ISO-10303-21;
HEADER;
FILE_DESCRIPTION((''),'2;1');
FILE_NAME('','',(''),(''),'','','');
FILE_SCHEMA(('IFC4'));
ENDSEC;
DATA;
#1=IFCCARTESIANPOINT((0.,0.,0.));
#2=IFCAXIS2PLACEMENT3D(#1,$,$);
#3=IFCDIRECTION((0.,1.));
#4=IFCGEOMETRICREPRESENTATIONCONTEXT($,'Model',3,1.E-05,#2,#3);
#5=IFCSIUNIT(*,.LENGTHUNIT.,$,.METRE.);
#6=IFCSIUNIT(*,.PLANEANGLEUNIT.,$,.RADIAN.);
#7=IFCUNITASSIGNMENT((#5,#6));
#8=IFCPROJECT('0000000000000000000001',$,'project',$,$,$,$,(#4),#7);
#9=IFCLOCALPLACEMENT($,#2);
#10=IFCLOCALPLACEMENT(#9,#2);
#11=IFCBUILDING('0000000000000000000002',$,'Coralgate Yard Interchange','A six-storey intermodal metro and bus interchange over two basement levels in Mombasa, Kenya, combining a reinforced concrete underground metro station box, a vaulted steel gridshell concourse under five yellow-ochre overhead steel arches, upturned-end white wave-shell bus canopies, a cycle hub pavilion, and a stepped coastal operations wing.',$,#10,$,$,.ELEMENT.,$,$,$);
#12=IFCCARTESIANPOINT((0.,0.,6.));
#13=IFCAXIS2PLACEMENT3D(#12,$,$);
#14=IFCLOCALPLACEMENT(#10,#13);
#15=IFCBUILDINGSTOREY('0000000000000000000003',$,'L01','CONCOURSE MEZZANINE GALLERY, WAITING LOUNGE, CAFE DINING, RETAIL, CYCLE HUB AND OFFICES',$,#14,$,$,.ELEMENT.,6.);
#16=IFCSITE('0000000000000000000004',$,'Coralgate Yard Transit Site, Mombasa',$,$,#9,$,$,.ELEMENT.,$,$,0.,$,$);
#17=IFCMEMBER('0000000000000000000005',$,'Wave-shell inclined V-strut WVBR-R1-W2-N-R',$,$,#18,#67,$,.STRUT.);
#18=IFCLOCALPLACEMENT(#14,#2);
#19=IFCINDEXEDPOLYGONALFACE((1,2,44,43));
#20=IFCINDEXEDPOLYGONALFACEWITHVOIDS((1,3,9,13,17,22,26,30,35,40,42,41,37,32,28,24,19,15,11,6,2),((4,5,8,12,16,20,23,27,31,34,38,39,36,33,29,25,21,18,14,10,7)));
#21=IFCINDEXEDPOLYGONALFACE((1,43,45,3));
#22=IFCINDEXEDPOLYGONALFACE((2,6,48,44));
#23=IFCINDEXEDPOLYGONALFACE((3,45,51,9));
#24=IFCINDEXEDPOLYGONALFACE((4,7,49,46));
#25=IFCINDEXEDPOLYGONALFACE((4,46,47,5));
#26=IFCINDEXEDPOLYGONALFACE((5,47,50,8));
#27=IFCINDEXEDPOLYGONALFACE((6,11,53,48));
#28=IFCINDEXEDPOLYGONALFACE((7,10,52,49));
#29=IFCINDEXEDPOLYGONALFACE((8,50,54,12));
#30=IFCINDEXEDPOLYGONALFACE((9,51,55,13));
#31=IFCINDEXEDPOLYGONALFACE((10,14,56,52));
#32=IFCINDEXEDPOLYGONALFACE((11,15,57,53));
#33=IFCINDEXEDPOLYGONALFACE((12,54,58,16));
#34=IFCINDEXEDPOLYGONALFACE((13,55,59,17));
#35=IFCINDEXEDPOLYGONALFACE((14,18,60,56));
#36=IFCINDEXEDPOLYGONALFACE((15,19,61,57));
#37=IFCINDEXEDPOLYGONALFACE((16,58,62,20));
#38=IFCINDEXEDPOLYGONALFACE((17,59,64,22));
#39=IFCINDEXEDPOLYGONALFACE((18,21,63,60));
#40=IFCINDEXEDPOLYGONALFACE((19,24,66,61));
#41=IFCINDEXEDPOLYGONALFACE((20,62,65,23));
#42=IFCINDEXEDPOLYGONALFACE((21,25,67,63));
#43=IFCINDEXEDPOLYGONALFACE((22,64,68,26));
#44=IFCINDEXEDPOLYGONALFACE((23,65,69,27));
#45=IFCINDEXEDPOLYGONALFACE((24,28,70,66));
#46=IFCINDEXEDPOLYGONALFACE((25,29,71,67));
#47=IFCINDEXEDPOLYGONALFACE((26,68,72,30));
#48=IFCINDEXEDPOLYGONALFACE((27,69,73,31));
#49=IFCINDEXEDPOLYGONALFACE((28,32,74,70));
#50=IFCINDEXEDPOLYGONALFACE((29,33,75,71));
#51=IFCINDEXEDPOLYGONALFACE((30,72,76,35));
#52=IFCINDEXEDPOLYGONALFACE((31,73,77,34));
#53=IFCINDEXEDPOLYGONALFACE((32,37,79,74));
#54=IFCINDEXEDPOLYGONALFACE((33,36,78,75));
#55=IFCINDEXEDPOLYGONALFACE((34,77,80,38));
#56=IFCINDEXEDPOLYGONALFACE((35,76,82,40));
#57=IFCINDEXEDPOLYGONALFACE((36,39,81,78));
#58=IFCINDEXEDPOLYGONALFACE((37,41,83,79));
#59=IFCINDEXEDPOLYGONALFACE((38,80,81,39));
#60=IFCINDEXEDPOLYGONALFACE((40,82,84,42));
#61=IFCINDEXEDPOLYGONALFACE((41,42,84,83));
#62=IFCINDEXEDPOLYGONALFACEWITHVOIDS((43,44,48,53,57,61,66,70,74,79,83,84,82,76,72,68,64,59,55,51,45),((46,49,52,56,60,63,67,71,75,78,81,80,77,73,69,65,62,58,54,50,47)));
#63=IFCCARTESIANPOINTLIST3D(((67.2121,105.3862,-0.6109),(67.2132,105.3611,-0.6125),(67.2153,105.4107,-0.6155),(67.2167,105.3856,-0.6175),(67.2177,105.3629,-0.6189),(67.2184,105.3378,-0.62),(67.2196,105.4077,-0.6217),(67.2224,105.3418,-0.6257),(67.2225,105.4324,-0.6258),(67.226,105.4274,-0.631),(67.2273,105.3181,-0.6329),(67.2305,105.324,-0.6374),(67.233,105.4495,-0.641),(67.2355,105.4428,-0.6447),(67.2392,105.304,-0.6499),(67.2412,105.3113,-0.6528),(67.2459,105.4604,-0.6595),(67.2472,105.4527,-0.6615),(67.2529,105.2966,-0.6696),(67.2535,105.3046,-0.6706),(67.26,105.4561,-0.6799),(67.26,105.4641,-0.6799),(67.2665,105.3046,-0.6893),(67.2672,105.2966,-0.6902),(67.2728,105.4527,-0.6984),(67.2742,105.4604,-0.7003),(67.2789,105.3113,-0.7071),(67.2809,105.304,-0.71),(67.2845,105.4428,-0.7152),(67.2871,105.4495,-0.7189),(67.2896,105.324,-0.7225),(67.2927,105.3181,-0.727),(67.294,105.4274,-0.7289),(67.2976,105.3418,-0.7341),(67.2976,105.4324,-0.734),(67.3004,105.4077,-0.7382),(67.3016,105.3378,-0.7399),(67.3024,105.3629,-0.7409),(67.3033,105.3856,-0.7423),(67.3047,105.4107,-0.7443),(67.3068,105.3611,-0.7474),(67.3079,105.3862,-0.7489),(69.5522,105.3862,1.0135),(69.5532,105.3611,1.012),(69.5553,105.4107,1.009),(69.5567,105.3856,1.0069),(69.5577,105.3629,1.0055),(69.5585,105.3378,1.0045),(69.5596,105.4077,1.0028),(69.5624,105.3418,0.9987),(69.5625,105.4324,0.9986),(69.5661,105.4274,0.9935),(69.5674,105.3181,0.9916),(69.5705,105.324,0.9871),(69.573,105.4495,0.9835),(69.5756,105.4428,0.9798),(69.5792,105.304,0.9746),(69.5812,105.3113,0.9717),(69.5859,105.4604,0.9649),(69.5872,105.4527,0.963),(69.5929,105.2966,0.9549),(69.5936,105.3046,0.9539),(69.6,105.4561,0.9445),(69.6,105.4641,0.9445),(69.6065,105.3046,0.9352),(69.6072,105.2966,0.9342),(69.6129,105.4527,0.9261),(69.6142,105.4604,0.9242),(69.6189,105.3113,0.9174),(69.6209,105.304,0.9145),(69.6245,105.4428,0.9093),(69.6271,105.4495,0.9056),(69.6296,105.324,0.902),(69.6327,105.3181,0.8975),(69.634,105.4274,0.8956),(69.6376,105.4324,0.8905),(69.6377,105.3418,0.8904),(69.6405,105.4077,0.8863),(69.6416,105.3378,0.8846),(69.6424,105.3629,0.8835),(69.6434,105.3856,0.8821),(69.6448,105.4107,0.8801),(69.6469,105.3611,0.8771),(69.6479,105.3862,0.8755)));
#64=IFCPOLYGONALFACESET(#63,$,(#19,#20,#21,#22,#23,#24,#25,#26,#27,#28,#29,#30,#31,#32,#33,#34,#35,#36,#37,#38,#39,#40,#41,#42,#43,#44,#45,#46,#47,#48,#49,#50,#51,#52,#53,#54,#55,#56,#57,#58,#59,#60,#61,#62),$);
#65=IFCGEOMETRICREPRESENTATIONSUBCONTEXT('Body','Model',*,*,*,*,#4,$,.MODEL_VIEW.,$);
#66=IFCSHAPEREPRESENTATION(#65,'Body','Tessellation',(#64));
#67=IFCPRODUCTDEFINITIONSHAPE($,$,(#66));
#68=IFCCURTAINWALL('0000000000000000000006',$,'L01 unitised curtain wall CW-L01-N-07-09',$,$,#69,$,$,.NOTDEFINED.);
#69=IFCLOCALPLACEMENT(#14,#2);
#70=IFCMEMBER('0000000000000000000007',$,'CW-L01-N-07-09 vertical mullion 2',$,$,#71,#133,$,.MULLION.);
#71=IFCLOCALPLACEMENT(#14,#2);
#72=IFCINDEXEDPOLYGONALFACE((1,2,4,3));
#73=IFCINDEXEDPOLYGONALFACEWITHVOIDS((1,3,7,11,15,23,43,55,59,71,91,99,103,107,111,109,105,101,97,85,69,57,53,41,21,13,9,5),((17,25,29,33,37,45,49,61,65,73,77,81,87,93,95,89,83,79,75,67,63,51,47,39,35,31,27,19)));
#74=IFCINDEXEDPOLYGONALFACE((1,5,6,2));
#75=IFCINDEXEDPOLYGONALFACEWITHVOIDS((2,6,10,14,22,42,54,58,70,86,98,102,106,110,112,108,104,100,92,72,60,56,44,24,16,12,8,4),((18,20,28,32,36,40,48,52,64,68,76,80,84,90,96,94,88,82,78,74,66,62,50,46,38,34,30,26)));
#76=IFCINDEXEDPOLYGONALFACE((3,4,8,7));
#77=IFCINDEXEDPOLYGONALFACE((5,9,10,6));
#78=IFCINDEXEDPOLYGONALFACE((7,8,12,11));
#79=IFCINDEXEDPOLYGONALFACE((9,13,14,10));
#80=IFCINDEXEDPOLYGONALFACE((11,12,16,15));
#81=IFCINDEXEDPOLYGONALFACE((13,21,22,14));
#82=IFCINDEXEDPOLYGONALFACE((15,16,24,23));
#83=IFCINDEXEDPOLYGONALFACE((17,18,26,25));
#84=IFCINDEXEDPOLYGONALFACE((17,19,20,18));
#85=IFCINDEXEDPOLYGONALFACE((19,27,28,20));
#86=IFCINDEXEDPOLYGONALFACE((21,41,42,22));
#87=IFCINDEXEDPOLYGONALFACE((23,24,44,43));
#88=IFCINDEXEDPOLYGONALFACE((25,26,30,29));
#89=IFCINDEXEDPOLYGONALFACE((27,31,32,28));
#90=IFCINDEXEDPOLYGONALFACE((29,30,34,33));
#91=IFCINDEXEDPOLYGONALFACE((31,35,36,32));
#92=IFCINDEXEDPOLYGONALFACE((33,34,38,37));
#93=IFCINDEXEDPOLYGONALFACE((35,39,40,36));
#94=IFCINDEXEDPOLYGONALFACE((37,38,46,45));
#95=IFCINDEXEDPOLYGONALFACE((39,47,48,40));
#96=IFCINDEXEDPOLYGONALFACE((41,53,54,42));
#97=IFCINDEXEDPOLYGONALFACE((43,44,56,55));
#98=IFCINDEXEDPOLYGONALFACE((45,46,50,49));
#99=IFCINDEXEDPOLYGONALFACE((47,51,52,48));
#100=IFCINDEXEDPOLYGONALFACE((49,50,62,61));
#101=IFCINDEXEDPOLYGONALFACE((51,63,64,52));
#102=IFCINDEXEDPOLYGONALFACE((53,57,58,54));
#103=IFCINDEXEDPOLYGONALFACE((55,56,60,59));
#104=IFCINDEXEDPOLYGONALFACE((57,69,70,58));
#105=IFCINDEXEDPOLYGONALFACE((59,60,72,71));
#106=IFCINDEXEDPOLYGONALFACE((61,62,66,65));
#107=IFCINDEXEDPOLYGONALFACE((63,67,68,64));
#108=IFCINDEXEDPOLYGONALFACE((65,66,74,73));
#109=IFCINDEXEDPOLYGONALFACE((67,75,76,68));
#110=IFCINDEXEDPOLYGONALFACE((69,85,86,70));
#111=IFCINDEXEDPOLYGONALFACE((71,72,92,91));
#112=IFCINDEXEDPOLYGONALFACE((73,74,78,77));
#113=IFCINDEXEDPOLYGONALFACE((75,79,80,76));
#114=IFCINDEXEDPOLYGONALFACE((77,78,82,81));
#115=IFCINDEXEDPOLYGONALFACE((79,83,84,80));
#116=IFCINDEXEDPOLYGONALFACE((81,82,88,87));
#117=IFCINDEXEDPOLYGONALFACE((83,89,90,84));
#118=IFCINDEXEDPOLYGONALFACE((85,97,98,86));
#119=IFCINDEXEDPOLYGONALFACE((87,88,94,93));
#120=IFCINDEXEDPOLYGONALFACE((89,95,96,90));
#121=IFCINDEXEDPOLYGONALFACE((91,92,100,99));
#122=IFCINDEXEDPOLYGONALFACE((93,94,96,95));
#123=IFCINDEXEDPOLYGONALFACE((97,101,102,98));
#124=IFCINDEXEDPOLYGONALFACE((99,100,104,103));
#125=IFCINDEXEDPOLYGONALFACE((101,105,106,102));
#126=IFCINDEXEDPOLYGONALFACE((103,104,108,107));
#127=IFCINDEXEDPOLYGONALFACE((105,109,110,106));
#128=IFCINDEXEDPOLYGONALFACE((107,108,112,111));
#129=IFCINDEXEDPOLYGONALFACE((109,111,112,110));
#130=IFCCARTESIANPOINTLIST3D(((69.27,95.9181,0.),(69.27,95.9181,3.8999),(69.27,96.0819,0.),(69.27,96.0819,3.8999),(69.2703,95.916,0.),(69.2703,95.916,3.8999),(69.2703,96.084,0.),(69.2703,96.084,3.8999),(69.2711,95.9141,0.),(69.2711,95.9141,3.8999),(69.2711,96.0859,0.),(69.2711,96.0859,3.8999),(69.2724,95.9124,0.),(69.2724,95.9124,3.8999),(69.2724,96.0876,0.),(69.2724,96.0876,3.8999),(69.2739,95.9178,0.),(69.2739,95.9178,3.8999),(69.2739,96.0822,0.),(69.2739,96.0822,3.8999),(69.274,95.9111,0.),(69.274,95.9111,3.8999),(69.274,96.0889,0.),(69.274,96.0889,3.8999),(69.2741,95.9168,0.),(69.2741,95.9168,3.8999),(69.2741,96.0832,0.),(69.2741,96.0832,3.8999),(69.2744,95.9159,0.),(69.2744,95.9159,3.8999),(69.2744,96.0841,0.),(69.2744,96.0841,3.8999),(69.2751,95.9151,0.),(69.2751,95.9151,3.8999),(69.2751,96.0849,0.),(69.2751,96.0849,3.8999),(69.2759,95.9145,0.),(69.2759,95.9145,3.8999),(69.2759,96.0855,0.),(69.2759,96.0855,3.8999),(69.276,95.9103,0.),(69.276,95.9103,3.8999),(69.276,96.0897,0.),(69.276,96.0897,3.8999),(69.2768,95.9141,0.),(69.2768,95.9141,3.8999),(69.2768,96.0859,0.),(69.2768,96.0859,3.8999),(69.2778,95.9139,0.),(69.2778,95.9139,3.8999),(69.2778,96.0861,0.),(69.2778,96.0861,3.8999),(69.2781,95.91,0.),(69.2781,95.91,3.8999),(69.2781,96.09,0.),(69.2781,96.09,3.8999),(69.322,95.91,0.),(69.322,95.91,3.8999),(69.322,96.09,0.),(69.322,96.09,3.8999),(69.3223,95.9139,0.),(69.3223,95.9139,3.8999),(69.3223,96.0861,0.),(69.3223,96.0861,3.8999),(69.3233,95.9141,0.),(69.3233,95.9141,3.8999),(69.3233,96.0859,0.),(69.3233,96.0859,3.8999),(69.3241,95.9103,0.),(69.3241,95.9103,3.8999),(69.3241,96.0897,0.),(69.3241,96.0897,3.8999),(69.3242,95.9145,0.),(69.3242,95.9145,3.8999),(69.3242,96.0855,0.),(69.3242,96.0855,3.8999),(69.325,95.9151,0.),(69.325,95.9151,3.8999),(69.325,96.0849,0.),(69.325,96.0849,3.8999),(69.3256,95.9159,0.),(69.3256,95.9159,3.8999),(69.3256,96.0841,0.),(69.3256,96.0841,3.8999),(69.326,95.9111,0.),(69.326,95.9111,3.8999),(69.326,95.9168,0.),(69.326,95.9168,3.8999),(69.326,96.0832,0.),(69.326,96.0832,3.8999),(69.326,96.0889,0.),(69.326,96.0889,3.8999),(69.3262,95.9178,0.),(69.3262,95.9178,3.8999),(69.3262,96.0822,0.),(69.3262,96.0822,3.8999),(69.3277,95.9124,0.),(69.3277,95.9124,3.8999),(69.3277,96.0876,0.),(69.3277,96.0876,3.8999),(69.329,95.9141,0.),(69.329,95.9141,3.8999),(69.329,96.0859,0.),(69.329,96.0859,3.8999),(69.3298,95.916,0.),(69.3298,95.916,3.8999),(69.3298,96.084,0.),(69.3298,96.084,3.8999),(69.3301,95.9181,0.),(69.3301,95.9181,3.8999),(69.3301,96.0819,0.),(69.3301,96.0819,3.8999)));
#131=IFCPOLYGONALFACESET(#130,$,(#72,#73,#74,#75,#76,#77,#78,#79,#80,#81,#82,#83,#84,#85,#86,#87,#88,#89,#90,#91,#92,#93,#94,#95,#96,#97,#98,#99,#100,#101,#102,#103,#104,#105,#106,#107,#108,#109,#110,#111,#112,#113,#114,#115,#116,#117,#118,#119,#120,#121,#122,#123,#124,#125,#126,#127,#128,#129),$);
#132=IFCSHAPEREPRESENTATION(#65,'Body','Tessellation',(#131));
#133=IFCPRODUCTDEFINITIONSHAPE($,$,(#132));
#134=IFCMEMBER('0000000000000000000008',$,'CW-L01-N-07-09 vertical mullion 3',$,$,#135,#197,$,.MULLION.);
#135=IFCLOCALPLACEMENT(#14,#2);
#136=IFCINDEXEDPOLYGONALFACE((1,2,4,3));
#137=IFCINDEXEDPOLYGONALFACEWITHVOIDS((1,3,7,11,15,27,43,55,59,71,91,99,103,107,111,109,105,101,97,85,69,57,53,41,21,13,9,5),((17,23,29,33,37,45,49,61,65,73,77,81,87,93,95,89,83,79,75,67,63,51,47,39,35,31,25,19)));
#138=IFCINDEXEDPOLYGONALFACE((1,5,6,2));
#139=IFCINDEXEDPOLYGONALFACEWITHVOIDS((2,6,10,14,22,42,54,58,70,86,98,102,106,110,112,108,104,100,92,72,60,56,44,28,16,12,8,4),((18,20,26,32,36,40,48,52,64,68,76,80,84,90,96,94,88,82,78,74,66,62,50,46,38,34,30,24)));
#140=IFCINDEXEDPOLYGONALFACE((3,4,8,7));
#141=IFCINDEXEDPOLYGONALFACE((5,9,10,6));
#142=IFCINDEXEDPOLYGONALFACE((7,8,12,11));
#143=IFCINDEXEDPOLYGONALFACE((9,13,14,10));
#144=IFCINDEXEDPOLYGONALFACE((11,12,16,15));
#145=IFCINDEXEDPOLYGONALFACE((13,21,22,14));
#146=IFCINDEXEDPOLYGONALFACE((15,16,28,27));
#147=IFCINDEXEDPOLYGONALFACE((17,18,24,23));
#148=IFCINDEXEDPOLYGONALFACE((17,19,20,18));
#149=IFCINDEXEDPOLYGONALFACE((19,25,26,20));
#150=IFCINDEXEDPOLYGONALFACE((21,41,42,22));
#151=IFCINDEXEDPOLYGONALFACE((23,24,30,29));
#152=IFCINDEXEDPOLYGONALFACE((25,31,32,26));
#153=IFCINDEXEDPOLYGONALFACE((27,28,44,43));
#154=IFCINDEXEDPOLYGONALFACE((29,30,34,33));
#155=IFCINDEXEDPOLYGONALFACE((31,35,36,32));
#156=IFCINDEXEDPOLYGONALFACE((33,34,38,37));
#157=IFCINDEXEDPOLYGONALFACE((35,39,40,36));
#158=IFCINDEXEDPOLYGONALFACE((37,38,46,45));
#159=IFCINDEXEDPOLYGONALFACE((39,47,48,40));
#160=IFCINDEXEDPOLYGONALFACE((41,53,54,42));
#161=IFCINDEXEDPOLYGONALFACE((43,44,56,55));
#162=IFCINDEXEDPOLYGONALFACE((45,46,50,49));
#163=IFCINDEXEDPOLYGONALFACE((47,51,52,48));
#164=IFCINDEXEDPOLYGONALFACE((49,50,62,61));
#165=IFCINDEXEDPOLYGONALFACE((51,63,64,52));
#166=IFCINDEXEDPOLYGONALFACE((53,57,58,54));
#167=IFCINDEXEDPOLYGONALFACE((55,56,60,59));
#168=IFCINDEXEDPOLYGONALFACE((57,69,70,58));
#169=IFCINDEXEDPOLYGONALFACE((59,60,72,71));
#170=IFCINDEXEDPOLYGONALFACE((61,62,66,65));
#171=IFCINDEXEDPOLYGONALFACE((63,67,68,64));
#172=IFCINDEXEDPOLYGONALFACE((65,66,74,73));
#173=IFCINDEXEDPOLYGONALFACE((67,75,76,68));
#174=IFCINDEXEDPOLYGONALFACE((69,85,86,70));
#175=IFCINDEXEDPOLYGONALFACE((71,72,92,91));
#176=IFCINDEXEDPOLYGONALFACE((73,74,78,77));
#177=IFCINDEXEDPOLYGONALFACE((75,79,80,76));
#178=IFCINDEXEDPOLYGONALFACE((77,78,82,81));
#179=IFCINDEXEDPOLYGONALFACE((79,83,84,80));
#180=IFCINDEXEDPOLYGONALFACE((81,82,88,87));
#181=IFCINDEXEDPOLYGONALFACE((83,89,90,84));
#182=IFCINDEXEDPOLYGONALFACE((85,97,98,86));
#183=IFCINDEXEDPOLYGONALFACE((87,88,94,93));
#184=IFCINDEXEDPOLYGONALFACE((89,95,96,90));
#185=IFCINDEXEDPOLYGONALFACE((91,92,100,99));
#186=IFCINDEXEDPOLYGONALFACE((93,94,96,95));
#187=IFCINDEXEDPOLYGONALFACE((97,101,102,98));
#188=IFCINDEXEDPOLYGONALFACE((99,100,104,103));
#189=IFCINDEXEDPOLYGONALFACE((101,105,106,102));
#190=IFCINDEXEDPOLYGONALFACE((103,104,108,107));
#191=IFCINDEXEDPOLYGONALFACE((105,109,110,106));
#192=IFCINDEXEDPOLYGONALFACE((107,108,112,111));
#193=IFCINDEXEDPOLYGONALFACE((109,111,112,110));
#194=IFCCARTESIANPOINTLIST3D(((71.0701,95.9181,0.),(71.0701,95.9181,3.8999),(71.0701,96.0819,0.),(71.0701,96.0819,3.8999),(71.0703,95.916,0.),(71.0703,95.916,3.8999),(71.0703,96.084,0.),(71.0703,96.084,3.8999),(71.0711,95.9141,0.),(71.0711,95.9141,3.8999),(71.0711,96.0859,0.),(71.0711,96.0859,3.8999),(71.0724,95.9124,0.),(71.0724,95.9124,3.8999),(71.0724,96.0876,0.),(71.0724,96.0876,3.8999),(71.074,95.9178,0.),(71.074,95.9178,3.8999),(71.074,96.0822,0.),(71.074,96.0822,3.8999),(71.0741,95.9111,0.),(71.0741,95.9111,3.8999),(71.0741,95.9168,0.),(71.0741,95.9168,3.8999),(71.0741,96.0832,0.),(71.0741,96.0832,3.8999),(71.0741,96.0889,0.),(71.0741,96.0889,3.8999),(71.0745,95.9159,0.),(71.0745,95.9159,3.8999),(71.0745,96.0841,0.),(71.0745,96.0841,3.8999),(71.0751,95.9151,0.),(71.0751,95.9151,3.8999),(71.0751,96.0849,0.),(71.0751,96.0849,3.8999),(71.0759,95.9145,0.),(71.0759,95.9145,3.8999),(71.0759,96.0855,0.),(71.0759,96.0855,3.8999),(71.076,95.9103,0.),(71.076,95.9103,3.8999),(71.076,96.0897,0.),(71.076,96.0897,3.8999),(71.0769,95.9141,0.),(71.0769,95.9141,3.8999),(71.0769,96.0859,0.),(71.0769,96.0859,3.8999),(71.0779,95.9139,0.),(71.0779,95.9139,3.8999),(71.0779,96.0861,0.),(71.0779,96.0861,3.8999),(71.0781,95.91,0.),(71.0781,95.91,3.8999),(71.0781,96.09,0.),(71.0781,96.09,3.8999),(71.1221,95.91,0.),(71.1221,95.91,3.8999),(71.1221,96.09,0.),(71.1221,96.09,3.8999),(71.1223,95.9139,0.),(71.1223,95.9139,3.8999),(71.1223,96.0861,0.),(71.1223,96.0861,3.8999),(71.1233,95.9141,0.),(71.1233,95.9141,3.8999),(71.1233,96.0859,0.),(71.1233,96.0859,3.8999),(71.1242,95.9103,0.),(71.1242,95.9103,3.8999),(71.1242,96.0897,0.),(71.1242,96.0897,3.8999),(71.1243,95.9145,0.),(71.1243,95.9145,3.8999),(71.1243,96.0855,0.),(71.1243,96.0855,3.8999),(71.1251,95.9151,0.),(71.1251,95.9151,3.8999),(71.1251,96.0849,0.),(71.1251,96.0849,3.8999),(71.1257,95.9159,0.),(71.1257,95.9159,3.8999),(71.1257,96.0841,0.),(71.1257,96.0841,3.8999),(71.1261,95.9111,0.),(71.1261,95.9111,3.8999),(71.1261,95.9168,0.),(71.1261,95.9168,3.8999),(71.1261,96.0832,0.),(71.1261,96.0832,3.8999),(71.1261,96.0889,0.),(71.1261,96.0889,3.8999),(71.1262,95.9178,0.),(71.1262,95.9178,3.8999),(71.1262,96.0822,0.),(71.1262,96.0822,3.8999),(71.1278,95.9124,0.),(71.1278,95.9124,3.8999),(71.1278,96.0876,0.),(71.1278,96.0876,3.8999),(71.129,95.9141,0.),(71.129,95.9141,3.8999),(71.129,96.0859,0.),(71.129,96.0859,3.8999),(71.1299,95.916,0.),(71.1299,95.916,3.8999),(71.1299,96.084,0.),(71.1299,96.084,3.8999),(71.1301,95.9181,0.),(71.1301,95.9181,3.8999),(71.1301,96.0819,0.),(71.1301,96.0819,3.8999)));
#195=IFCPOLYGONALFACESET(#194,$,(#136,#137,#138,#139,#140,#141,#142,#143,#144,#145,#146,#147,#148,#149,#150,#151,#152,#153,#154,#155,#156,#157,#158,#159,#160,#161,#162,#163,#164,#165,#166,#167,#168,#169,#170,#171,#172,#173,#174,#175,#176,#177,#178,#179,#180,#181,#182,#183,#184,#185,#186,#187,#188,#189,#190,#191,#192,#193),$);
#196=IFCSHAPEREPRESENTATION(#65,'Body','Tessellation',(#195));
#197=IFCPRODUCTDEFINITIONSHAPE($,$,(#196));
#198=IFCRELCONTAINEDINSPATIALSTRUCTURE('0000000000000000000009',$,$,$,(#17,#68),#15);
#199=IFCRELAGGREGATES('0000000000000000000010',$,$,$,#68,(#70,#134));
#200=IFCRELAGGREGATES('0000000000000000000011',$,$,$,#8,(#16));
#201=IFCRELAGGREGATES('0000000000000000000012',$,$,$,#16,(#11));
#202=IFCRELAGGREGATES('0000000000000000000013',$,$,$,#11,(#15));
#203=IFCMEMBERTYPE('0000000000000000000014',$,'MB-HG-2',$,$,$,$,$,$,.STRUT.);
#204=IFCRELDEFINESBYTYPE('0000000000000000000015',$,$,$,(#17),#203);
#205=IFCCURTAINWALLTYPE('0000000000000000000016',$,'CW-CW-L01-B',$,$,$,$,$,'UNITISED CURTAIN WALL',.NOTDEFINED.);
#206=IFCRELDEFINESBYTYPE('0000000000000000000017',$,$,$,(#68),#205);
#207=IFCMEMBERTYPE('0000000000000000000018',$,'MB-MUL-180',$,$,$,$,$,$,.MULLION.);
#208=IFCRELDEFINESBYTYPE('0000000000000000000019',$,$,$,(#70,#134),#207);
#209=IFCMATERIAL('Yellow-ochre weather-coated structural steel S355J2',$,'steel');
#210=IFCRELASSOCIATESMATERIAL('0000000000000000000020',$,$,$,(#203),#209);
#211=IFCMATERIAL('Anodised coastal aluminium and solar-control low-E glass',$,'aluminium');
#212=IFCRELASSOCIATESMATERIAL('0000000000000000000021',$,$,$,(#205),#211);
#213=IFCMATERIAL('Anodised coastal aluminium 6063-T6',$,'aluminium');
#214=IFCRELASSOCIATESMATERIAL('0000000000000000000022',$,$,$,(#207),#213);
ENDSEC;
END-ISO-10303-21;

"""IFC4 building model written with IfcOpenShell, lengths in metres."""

from ifc_helpers import new_model, si_unit, direction, frame, origin, origin_2d, place, context, subcontext, project, spatial, hollow_rectangle, hollow_circle, extrude, material, material_profile, profile_set, type_object, element, aggregate, save


model = new_model("IFC4")

# Units and contexts
model_context = context("Model", 3, precision=1e-05, world=origin(), true_north=direction((0.0, 1.0)))
body_context = subcontext(model_context, "Body", "Model", "MODEL_VIEW")
ifc_project = project(units=[si_unit("LENGTHUNIT", "METRE"), si_unit("PLANEANGLEUNIT", "RADIAN")], contexts=[model_context])

# Site, building, storey
site_placement = place(None, origin())
site = spatial("IfcSite", under=ifc_project, at=site_placement, Name="Coralgate Yard Transit Site, Mombasa", CompositionType="ELEMENT", RefElevation=0.0)
building_placement = place(site_placement, origin())
building = spatial("IfcBuilding", under=site, at=building_placement, Name="Coralgate Yard Interchange", Description="A six-storey intermodal metro and bus interchange over two basement levels in Mombasa, Kenya, combining a reinforced concrete underground metro station box, a vaulted steel gridshell concourse under five yellow-ochre overhead steel arches, upturned-end white wave-shell bus canopies, a cycle hub pavilion, and a stepped coastal operations wing.", CompositionType="ELEMENT")
storey_placement = place(building_placement, frame((0.0, 0.0, 6.0)))
storey = spatial("IfcBuildingStorey", under=building, at=storey_placement, Name="L01", Description="CONCOURSE MEZZANINE GALLERY, WAITING LOUNGE, CAFE DINING, RETAIL, CYCLE HUB AND OFFICES", CompositionType="ELEMENT", Elevation=6.0)

# Member
ifc_material_1 = material(Name="Yellow-ochre weather-coated structural steel S355J2", Category="steel")
ifc_material_profile_1 = material_profile(ifc_material_1, hollow_circle(Radius=0.0842, WallThickness=0.0081, at=origin_2d()), Name="CHS 168.3x8")
ifc_profile_set_1 = profile_set([ifc_material_profile_1], Name="Yellow-ochre weather-coated structural steel S355J2")
member_type_1 = type_object("IfcMemberType", Name="MB-HG-2", PredefinedType="STRUT", material=ifc_profile_set_1)
member_1_placement = place(storey_placement, frame((67.26, 105.3799, -0.6799), z_axis=(0.82146, 0.0, 0.570266), x_axis=(0.0, 1.0, 0.0)))
element("IfcMember", 1, at=member_1_placement, inside=storey, type_object=member_type_1, Name="Wave-shell inclined V-strut WVBR-R1-W2-N-R", PredefinedType="STRUT", context=body_context, shape_type="SweptSolid", body=[
    extrude(hollow_circle(Radius=0.0842, WallThickness=0.0081, at=origin_2d()), origin(), (0.0, 0.0, 1.0), 2.8486),
])

# Curtain wall, members
ifc_material_2 = material(Name="Anodised coastal aluminium and solar-control low-E glass", Category="aluminium")
curtain_wall_type = type_object("IfcCurtainWallType", Name="CW-CW-L01-B", ElementType="UNITISED CURTAIN WALL", PredefinedType="NOTDEFINED", material=ifc_material_2)
curtain_wall_placement = place(storey_placement, origin())
curtain_wall = element("IfcCurtainWall", 2, at=curtain_wall_placement, inside=storey, type_object=curtain_wall_type, Name="L01 unitised curtain wall CW-L01-N-07-09", PredefinedType="NOTDEFINED")
ifc_material_3 = material(Name="Anodised coastal aluminium 6063-T6", Category="aluminium")
ifc_material_profile_2 = material_profile(ifc_material_3, hollow_rectangle(XDim=0.0601, YDim=0.1799, WallThickness=0.0039, InnerFilletRadius=0.0039, OuterFilletRadius=0.0081, at=origin_2d()), Name="ALU 60x180x4")
ifc_profile_set_2 = profile_set([ifc_material_profile_2], Name="Anodised coastal aluminium 6063-T6")
member_type_2 = type_object("IfcMemberType", Name="MB-MUL-180", PredefinedType="MULLION", material=ifc_profile_set_2)
member_2_placement = place(storey_placement, frame((69.3, 96.0, 0.0), z_axis=(0.0, 0.0, 1.0), x_axis=(1.0, 0.0, 0.0)))
member_2 = element("IfcMember", 3, at=member_2_placement, type_object=member_type_2, Name="CW-L01-N-07-09 vertical mullion 2", PredefinedType="MULLION", context=body_context, shape_type="SweptSolid", body=[
    extrude(hollow_rectangle(XDim=0.0601, YDim=0.1799, WallThickness=0.0039, InnerFilletRadius=0.0039, OuterFilletRadius=0.0081, at=origin_2d()), origin(), (0.0, 0.0, 1.0), 3.8999),
])
member_3_placement = place(storey_placement, frame((71.1001, 96.0, 0.0), z_axis=(0.0, 0.0, 1.0), x_axis=(1.0, 0.0, 0.0)))
member_3 = element("IfcMember", 4, at=member_3_placement, type_object=member_type_2, Name="CW-L01-N-07-09 vertical mullion 3", PredefinedType="MULLION", context=body_context, shape_type="SweptSolid", body=[
    extrude(hollow_rectangle(XDim=0.0601, YDim=0.1799, WallThickness=0.0039, InnerFilletRadius=0.0039, OuterFilletRadius=0.0081, at=origin_2d()), origin(), (0.0, 0.0, 1.0), 3.8999),
])

aggregate(curtain_wall, [member_2, member_3])

save(model, "model.ifc")
